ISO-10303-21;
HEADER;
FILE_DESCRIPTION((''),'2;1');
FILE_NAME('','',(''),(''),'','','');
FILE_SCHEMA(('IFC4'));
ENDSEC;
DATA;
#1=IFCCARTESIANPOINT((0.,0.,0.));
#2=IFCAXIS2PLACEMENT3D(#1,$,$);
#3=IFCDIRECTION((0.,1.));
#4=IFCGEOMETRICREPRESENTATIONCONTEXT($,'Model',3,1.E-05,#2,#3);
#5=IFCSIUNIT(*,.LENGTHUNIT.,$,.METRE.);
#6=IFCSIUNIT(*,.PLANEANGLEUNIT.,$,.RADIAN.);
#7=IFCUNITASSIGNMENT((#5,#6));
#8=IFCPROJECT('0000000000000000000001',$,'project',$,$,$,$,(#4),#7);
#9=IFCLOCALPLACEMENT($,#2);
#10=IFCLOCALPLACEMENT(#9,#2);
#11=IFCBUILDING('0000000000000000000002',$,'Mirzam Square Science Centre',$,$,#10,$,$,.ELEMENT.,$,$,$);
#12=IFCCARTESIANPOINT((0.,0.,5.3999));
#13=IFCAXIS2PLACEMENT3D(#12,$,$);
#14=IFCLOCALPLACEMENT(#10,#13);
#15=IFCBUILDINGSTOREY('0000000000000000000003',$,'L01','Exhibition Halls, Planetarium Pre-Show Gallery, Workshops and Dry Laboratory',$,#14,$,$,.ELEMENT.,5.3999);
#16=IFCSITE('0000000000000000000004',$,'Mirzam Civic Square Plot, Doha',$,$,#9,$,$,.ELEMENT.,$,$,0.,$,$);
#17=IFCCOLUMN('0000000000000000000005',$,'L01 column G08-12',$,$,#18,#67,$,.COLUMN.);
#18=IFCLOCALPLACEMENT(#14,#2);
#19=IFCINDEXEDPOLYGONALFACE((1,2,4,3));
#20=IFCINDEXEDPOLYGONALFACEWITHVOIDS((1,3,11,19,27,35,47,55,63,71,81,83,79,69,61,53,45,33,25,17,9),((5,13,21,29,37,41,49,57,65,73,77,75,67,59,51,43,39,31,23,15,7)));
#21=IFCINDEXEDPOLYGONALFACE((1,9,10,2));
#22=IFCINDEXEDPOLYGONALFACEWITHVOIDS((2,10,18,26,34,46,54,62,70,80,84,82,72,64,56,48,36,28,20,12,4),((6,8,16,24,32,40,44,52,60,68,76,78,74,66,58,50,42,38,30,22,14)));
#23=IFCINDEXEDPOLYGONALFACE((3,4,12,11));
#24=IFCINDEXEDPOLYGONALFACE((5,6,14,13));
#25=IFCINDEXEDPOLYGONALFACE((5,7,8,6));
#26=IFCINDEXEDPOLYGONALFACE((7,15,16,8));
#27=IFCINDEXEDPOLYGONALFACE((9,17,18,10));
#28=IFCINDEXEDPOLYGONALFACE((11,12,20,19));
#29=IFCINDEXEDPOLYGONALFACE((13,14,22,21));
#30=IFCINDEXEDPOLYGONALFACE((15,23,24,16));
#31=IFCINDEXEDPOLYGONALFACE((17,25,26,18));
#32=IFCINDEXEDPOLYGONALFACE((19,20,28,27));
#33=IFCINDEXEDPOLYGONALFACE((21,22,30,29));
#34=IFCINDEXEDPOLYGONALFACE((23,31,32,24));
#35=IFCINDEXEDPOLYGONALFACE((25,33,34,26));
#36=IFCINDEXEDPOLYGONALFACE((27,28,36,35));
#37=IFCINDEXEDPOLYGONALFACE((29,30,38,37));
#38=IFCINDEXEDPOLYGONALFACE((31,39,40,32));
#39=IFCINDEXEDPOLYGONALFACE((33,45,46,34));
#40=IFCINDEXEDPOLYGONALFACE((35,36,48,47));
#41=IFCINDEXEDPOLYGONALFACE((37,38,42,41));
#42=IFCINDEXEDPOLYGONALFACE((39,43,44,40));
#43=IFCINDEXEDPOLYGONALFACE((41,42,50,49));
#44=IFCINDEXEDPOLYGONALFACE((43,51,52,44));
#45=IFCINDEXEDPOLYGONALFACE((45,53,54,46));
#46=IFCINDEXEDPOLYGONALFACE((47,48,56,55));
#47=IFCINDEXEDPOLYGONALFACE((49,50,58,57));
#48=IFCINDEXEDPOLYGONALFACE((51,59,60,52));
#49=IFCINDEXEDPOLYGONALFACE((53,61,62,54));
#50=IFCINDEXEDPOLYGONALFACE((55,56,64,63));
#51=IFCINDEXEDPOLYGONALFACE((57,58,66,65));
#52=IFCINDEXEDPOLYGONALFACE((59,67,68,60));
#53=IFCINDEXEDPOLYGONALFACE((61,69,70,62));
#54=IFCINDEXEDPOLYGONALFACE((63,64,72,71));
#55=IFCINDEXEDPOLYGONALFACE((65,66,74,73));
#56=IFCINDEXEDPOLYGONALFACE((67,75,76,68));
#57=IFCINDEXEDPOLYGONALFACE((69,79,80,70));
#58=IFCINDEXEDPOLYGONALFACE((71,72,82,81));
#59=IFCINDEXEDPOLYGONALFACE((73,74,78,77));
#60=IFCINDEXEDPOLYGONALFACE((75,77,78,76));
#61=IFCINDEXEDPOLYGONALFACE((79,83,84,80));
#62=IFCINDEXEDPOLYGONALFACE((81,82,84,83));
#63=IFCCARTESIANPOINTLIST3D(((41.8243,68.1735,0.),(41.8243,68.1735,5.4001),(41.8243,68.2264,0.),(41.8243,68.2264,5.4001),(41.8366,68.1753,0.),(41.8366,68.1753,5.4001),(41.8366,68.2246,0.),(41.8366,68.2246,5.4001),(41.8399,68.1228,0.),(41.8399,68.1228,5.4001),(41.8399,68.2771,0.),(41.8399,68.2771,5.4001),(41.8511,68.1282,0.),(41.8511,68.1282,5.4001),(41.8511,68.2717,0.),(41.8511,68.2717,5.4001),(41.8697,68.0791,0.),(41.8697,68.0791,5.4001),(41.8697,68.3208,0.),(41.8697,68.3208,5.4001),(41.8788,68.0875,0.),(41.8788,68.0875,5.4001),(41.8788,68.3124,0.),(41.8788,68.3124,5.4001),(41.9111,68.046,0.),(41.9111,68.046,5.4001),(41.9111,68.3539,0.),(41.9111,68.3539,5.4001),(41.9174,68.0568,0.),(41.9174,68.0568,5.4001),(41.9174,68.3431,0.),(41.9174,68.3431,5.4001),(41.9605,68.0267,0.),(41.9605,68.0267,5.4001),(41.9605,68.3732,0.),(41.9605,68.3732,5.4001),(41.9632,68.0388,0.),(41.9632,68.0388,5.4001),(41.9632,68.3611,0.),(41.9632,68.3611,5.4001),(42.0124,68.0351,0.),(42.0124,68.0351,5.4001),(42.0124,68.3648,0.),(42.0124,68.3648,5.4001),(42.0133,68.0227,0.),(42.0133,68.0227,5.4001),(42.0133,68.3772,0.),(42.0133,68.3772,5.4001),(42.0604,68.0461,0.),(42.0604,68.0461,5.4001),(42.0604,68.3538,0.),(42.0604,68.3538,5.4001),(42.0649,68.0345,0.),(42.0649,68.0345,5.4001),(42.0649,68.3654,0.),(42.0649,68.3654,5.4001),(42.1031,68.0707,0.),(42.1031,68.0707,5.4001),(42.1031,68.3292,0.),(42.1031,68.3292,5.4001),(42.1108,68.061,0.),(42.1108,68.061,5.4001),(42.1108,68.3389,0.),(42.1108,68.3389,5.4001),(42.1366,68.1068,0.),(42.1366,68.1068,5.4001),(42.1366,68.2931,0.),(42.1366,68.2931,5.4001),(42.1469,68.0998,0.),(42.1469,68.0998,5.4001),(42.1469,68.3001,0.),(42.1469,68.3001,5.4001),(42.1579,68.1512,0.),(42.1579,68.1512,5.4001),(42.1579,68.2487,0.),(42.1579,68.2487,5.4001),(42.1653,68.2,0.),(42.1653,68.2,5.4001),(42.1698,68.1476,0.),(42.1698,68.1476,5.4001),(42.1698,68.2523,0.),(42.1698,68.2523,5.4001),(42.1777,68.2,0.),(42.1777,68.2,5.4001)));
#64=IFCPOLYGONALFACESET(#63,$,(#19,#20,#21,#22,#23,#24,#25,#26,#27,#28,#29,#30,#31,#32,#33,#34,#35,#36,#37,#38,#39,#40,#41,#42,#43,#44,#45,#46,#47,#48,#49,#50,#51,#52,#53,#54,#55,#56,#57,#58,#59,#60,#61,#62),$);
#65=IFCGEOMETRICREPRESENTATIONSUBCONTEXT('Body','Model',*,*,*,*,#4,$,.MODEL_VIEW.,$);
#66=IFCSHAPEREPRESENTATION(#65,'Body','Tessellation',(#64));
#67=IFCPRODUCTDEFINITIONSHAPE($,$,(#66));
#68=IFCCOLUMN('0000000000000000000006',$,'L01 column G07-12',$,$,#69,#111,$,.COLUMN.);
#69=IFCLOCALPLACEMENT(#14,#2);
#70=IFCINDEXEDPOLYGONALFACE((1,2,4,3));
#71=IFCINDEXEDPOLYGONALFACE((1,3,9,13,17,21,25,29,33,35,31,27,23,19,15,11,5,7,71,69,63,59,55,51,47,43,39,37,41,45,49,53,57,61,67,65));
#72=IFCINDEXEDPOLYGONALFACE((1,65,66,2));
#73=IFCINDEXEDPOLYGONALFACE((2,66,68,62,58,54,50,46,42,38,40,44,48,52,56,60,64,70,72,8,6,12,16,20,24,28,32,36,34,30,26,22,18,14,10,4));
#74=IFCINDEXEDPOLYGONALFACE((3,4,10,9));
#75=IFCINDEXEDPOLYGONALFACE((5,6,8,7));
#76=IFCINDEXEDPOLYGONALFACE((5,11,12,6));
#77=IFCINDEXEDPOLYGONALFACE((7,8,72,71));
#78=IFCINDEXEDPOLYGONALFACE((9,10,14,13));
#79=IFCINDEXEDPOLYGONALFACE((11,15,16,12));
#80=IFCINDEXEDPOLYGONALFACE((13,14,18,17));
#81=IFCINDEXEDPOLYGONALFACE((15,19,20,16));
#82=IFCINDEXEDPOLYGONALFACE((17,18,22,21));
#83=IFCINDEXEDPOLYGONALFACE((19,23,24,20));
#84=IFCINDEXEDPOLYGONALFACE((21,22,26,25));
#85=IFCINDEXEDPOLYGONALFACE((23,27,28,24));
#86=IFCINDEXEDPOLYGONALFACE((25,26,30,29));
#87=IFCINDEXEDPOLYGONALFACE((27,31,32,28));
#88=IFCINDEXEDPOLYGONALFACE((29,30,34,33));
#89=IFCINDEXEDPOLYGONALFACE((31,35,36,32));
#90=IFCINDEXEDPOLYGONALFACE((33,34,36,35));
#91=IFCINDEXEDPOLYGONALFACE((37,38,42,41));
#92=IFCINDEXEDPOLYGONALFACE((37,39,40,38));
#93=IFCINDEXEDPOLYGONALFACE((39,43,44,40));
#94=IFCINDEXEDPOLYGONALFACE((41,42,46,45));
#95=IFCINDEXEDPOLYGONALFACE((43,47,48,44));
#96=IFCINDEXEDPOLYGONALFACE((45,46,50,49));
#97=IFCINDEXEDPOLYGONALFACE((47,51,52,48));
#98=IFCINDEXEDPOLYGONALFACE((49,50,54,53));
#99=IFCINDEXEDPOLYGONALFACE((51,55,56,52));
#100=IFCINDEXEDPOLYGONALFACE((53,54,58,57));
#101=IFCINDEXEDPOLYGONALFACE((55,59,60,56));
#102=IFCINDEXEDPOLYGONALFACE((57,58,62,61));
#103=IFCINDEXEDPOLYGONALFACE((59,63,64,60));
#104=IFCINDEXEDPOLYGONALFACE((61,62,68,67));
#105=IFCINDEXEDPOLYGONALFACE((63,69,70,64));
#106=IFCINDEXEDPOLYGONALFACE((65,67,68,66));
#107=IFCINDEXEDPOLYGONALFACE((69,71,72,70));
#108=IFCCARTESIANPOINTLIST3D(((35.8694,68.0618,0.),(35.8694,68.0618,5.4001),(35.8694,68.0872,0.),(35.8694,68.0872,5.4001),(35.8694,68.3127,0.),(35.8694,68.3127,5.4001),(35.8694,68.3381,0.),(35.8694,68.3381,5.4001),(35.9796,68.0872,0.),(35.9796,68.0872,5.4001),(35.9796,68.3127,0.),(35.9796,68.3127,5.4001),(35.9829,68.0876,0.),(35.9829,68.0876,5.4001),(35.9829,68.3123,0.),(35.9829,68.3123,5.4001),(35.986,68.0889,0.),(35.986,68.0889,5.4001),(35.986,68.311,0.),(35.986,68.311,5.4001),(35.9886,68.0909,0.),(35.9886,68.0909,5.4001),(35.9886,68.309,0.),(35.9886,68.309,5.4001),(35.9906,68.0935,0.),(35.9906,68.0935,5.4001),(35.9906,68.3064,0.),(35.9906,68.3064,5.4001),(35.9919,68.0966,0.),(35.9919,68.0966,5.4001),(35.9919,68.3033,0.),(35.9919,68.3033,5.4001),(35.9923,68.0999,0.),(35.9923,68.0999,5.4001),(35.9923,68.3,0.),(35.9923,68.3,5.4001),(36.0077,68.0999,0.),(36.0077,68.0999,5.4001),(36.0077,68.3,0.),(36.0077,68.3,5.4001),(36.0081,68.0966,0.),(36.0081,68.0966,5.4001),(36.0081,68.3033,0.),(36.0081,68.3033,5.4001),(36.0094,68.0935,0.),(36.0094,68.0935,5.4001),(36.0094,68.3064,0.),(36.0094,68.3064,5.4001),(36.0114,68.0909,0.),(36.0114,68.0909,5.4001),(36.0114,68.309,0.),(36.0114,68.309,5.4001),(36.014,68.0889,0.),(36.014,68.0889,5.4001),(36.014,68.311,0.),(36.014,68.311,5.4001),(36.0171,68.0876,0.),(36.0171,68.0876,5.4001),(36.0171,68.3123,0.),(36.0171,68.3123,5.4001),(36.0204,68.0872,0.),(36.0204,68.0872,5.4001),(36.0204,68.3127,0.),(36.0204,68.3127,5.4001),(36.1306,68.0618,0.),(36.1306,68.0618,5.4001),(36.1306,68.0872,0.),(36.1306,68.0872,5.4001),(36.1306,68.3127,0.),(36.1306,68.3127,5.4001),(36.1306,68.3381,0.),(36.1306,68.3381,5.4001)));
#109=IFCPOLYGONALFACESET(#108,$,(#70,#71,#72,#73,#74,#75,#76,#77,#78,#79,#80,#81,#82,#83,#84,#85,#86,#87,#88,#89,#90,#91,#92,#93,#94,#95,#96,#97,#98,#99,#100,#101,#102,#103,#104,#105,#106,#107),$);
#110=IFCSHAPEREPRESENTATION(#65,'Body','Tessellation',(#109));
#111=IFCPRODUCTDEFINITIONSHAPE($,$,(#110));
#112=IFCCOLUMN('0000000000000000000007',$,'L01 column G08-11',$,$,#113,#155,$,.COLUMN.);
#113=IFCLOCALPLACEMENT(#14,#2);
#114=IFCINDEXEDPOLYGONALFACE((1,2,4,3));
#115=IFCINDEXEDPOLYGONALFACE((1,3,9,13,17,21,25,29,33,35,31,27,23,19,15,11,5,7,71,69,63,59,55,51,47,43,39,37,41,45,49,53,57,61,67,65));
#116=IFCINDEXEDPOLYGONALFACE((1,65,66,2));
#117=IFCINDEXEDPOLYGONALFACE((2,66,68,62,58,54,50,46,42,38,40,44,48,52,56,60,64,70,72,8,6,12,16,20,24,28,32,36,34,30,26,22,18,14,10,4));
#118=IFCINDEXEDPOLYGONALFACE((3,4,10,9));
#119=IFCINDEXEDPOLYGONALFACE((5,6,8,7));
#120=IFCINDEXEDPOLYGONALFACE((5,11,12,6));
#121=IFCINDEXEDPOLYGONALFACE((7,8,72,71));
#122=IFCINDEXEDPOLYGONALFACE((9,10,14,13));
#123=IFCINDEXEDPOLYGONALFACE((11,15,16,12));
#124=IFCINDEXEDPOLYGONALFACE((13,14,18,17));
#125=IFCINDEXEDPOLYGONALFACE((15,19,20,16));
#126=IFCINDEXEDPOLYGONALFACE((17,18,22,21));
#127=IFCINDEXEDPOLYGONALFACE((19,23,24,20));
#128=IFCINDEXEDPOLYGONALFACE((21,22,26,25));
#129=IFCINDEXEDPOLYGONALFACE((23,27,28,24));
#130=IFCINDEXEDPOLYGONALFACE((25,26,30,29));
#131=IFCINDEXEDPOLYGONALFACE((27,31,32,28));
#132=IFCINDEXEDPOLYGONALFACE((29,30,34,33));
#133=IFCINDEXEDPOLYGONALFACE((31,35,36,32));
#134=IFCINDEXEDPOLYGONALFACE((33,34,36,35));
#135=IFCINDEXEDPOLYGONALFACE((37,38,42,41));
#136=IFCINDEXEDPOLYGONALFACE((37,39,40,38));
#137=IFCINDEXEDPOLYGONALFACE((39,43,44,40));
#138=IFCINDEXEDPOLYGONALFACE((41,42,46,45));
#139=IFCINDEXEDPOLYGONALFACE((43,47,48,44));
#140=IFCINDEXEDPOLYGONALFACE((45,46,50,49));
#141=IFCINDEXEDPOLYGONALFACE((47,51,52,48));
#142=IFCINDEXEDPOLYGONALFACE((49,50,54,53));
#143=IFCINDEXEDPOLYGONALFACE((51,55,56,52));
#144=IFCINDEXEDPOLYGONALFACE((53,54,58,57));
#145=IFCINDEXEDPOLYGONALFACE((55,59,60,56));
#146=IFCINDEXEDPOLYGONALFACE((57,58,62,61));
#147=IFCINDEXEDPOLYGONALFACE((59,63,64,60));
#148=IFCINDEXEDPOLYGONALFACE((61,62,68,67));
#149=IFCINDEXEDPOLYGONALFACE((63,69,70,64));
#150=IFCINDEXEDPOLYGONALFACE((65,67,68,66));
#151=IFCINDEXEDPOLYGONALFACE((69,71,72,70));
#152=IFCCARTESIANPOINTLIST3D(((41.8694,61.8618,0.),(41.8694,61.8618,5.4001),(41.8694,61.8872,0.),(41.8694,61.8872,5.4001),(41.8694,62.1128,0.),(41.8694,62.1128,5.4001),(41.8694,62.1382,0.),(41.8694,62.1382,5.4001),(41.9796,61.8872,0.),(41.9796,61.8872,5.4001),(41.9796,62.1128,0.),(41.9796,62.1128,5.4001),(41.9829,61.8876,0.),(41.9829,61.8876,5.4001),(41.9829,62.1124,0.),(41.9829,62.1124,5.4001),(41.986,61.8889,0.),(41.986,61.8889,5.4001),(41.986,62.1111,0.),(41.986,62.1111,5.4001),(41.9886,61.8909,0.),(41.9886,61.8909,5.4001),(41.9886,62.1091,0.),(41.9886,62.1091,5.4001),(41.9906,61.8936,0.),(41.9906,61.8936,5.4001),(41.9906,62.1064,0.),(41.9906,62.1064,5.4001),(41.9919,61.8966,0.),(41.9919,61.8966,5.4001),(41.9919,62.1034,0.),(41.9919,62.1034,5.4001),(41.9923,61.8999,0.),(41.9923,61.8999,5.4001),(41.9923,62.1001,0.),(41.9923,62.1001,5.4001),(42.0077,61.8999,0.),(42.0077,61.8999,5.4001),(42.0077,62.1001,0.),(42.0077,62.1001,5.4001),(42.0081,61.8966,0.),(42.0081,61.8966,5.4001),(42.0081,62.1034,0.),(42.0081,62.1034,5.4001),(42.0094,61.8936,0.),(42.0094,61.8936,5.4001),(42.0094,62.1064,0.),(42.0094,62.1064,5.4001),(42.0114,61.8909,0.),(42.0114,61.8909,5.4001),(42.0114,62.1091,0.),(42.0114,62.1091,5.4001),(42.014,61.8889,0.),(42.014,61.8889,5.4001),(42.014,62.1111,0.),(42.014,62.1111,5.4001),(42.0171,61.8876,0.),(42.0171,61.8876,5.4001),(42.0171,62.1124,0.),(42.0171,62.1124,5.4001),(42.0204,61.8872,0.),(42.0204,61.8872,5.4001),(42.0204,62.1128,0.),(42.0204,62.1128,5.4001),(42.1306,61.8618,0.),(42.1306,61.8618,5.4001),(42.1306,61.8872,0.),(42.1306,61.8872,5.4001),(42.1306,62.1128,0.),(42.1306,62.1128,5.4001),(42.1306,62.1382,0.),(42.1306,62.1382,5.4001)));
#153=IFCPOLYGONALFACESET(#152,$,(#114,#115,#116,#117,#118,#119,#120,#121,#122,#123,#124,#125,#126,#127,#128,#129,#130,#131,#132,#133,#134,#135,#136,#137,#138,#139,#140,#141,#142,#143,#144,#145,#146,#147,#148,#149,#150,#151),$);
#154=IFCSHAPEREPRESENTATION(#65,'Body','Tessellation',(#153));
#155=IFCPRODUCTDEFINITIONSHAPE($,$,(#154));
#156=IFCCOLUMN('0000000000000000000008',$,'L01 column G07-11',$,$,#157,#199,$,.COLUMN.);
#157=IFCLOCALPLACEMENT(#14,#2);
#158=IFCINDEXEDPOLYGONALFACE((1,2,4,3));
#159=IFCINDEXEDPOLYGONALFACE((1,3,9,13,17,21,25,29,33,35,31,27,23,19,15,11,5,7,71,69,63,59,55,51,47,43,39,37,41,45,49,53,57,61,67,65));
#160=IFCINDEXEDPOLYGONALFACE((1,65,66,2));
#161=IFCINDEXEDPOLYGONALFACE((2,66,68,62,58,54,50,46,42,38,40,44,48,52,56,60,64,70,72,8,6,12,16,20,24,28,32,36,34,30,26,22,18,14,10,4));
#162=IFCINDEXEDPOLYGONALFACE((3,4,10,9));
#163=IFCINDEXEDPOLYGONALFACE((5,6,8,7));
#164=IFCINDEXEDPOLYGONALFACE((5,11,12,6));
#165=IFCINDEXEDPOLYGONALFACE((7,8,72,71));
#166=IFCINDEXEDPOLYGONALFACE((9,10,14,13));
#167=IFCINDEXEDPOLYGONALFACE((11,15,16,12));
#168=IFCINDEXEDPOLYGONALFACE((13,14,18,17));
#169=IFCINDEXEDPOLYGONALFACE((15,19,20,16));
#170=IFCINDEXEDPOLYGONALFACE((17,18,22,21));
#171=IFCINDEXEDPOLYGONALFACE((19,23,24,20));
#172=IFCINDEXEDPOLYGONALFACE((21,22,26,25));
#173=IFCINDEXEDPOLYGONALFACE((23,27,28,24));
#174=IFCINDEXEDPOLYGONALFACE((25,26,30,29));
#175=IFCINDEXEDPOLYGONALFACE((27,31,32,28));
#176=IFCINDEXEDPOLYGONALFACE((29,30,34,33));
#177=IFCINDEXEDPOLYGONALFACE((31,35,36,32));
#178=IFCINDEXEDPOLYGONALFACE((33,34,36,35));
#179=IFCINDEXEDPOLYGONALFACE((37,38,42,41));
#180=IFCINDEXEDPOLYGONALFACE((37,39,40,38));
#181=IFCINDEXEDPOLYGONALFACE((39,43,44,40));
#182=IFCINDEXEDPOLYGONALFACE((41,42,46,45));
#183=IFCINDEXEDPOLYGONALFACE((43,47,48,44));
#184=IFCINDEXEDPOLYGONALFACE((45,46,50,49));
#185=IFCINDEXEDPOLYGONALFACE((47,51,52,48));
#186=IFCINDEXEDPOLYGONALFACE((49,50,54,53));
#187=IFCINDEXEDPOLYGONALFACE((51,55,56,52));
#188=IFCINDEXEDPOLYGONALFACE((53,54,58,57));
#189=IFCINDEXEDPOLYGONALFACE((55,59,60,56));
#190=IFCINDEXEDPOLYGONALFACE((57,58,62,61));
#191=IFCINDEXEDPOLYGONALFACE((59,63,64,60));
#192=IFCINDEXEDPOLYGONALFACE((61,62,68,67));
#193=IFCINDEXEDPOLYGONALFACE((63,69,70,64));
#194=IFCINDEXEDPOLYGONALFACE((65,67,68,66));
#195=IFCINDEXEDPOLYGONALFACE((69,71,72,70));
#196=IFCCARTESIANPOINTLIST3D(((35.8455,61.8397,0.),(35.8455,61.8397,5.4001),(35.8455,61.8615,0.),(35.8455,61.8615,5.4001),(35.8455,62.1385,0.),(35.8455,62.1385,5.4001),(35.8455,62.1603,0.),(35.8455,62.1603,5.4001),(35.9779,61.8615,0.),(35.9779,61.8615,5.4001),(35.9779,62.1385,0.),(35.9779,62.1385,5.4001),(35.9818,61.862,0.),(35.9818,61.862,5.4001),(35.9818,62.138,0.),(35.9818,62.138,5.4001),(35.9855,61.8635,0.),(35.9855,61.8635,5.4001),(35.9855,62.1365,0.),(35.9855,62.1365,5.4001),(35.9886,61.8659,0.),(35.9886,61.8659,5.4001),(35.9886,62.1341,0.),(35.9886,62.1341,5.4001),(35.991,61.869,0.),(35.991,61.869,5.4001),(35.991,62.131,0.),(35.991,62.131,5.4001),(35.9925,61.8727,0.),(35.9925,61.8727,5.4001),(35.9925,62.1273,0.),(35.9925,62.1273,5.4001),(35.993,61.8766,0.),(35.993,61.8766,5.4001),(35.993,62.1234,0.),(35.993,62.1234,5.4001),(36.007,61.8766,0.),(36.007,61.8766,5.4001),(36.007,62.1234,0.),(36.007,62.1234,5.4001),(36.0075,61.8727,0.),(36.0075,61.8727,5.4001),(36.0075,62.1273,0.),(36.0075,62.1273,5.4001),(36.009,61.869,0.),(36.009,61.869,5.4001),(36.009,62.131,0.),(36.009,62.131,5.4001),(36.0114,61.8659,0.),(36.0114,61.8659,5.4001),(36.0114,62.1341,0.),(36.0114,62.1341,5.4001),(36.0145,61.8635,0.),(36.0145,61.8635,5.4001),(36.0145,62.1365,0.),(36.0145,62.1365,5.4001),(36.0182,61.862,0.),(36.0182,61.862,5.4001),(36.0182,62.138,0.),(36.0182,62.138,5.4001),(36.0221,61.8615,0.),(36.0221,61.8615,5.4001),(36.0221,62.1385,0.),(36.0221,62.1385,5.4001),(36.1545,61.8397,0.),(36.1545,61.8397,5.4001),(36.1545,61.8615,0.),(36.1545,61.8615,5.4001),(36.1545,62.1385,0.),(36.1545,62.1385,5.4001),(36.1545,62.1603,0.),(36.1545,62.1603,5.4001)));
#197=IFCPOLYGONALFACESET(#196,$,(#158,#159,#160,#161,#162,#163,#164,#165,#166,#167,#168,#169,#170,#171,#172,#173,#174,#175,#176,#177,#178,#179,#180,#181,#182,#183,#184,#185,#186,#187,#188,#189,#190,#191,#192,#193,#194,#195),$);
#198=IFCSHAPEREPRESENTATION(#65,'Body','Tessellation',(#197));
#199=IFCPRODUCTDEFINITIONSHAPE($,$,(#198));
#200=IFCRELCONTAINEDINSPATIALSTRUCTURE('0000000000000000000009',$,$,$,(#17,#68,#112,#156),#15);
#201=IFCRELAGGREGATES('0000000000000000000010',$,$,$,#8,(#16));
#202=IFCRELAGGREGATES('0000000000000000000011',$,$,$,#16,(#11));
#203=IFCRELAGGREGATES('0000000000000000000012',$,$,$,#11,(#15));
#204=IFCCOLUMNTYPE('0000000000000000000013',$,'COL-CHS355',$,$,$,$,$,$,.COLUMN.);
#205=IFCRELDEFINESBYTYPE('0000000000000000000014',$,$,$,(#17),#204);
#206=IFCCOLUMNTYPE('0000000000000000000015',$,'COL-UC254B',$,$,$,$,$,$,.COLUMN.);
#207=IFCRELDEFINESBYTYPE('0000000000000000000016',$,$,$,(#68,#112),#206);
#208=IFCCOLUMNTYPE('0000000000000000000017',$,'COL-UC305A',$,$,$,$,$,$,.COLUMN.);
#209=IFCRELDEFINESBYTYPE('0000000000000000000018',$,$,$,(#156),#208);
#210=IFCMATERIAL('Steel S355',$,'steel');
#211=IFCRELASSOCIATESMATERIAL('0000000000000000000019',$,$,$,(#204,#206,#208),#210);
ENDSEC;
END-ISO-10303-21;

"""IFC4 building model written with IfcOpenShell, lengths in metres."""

from ifc_helpers import new_model, si_unit, direction, frame, origin, origin_2d, place, context, subcontext, project, spatial, hollow_circle, i_section, extrude, material, material_profile, profile_set, type_object, element, save


model = new_model("IFC4")

# Units and contexts
model_context = context("Model", 3, precision=1e-05, world=origin(), true_north=direction((0.0, 1.0)))
body_context = subcontext(model_context, "Body", "Model", "MODEL_VIEW")
ifc_project = project(units=[si_unit("LENGTHUNIT", "METRE"), si_unit("PLANEANGLEUNIT", "RADIAN")], contexts=[model_context])

# Site, building, storey
site_placement = place(None, origin())
site = spatial("IfcSite", under=ifc_project, at=site_placement, Name="Mirzam Civic Square Plot, Doha", CompositionType="ELEMENT", RefElevation=0.0)
building_placement = place(site_placement, origin())
building = spatial("IfcBuilding", under=site, at=building_placement, Name="Mirzam Square Science Centre", CompositionType="ELEMENT")
storey_placement = place(building_placement, frame((0.0, 0.0, 5.3999)))
storey = spatial("IfcBuildingStorey", under=building, at=storey_placement, Name="L01", Description="Exhibition Halls, Planetarium Pre-Show Gallery, Workshops and Dry Laboratory", CompositionType="ELEMENT", Elevation=5.3999)

# Columns
ifc_material_1 = material(Name="Steel S355", Category="steel")
ifc_material_profile_1 = material_profile(ifc_material_1, hollow_circle(Radius=0.1777, WallThickness=0.0125, at=origin_2d()), Name="355.6x12.5CHS")
ifc_profile_set_1 = profile_set([ifc_material_profile_1], Name="Steel S355")
column_type_1 = type_object("IfcColumnType", Name="COL-CHS355", PredefinedType="COLUMN", material=ifc_profile_set_1)
column_1_placement = place(storey_placement, frame((42.0, 68.2, 0.0), z_axis=(0.0, 0.0, 1.0), x_axis=(1.0, 0.0, 0.0)))
element("IfcColumn", 1, at=column_1_placement, inside=storey, type_object=column_type_1, Name="L01 column G08-12", PredefinedType="COLUMN", context=body_context, shape_type="SweptSolid", body=[
    extrude(hollow_circle(Radius=0.1777, WallThickness=0.0125, at=origin_2d()), origin(), (0.0, 0.0, 1.0), 5.4001),
])
ifc_material_profile_2 = material_profile(ifc_material_1, i_section(OverallWidth=0.2612, OverallDepth=0.2764, WebThickness=0.0154, FlangeThickness=0.0254, FilletRadius=0.0127, at=origin_2d()), Name="254x254x132UC")
ifc_profile_set_2 = profile_set([ifc_material_profile_2], Name="Steel S355")
column_type_2 = type_object("IfcColumnType", Name="COL-UC254B", PredefinedType="COLUMN", material=ifc_profile_set_2)
for number, where, z_axis, x_axis, name in (
    (2, (36.0, 68.2, 0.0), (0.0, 0.0, 1.0), (1.0, 0.0, 0.0), "L01 column G07-12"),
    (3, (42.0, 62.0, 0.0), (0.0, 0.0, 1.0), (1.0, 0.0, 0.0), "L01 column G08-11"),
):
    element("IfcColumn", number, at=place(storey_placement, frame(where, z_axis=z_axis, x_axis=x_axis)), inside=storey, type_object=column_type_2, Name=name, PredefinedType="COLUMN", context=body_context, shape_type="SweptSolid", body=[
        extrude(i_section(OverallWidth=0.2612, OverallDepth=0.2764, WebThickness=0.0154, FlangeThickness=0.0254, FilletRadius=0.0127, at=origin_2d()), origin(), (0.0, 0.0, 1.0), 5.4001),
    ])
ifc_material_profile_3 = material_profile(ifc_material_1, i_section(OverallWidth=0.3091, OverallDepth=0.3206, WebThickness=0.0139, FlangeThickness=0.0217, FilletRadius=0.0151, at=origin_2d()), Name="305x305x137UC")
ifc_profile_set_3 = profile_set([ifc_material_profile_3], Name="Steel S355")
column_type_3 = type_object("IfcColumnType", Name="COL-UC305A", PredefinedType="COLUMN", material=ifc_profile_set_3)
column_2_placement = place(storey_placement, frame((36.0, 62.0, 0.0), z_axis=(0.0, 0.0, 1.0), x_axis=(1.0, 0.0, 0.0)))
element("IfcColumn", 4, at=column_2_placement, inside=storey, type_object=column_type_3, Name="L01 column G07-11", PredefinedType="COLUMN", context=body_context, shape_type="SweptSolid", body=[
    extrude(i_section(OverallWidth=0.3091, OverallDepth=0.3206, WebThickness=0.0139, FlangeThickness=0.0217, FilletRadius=0.0151, at=origin_2d()), origin(), (0.0, 0.0, 1.0), 5.4001),
])

save(model, "model.ifc")
